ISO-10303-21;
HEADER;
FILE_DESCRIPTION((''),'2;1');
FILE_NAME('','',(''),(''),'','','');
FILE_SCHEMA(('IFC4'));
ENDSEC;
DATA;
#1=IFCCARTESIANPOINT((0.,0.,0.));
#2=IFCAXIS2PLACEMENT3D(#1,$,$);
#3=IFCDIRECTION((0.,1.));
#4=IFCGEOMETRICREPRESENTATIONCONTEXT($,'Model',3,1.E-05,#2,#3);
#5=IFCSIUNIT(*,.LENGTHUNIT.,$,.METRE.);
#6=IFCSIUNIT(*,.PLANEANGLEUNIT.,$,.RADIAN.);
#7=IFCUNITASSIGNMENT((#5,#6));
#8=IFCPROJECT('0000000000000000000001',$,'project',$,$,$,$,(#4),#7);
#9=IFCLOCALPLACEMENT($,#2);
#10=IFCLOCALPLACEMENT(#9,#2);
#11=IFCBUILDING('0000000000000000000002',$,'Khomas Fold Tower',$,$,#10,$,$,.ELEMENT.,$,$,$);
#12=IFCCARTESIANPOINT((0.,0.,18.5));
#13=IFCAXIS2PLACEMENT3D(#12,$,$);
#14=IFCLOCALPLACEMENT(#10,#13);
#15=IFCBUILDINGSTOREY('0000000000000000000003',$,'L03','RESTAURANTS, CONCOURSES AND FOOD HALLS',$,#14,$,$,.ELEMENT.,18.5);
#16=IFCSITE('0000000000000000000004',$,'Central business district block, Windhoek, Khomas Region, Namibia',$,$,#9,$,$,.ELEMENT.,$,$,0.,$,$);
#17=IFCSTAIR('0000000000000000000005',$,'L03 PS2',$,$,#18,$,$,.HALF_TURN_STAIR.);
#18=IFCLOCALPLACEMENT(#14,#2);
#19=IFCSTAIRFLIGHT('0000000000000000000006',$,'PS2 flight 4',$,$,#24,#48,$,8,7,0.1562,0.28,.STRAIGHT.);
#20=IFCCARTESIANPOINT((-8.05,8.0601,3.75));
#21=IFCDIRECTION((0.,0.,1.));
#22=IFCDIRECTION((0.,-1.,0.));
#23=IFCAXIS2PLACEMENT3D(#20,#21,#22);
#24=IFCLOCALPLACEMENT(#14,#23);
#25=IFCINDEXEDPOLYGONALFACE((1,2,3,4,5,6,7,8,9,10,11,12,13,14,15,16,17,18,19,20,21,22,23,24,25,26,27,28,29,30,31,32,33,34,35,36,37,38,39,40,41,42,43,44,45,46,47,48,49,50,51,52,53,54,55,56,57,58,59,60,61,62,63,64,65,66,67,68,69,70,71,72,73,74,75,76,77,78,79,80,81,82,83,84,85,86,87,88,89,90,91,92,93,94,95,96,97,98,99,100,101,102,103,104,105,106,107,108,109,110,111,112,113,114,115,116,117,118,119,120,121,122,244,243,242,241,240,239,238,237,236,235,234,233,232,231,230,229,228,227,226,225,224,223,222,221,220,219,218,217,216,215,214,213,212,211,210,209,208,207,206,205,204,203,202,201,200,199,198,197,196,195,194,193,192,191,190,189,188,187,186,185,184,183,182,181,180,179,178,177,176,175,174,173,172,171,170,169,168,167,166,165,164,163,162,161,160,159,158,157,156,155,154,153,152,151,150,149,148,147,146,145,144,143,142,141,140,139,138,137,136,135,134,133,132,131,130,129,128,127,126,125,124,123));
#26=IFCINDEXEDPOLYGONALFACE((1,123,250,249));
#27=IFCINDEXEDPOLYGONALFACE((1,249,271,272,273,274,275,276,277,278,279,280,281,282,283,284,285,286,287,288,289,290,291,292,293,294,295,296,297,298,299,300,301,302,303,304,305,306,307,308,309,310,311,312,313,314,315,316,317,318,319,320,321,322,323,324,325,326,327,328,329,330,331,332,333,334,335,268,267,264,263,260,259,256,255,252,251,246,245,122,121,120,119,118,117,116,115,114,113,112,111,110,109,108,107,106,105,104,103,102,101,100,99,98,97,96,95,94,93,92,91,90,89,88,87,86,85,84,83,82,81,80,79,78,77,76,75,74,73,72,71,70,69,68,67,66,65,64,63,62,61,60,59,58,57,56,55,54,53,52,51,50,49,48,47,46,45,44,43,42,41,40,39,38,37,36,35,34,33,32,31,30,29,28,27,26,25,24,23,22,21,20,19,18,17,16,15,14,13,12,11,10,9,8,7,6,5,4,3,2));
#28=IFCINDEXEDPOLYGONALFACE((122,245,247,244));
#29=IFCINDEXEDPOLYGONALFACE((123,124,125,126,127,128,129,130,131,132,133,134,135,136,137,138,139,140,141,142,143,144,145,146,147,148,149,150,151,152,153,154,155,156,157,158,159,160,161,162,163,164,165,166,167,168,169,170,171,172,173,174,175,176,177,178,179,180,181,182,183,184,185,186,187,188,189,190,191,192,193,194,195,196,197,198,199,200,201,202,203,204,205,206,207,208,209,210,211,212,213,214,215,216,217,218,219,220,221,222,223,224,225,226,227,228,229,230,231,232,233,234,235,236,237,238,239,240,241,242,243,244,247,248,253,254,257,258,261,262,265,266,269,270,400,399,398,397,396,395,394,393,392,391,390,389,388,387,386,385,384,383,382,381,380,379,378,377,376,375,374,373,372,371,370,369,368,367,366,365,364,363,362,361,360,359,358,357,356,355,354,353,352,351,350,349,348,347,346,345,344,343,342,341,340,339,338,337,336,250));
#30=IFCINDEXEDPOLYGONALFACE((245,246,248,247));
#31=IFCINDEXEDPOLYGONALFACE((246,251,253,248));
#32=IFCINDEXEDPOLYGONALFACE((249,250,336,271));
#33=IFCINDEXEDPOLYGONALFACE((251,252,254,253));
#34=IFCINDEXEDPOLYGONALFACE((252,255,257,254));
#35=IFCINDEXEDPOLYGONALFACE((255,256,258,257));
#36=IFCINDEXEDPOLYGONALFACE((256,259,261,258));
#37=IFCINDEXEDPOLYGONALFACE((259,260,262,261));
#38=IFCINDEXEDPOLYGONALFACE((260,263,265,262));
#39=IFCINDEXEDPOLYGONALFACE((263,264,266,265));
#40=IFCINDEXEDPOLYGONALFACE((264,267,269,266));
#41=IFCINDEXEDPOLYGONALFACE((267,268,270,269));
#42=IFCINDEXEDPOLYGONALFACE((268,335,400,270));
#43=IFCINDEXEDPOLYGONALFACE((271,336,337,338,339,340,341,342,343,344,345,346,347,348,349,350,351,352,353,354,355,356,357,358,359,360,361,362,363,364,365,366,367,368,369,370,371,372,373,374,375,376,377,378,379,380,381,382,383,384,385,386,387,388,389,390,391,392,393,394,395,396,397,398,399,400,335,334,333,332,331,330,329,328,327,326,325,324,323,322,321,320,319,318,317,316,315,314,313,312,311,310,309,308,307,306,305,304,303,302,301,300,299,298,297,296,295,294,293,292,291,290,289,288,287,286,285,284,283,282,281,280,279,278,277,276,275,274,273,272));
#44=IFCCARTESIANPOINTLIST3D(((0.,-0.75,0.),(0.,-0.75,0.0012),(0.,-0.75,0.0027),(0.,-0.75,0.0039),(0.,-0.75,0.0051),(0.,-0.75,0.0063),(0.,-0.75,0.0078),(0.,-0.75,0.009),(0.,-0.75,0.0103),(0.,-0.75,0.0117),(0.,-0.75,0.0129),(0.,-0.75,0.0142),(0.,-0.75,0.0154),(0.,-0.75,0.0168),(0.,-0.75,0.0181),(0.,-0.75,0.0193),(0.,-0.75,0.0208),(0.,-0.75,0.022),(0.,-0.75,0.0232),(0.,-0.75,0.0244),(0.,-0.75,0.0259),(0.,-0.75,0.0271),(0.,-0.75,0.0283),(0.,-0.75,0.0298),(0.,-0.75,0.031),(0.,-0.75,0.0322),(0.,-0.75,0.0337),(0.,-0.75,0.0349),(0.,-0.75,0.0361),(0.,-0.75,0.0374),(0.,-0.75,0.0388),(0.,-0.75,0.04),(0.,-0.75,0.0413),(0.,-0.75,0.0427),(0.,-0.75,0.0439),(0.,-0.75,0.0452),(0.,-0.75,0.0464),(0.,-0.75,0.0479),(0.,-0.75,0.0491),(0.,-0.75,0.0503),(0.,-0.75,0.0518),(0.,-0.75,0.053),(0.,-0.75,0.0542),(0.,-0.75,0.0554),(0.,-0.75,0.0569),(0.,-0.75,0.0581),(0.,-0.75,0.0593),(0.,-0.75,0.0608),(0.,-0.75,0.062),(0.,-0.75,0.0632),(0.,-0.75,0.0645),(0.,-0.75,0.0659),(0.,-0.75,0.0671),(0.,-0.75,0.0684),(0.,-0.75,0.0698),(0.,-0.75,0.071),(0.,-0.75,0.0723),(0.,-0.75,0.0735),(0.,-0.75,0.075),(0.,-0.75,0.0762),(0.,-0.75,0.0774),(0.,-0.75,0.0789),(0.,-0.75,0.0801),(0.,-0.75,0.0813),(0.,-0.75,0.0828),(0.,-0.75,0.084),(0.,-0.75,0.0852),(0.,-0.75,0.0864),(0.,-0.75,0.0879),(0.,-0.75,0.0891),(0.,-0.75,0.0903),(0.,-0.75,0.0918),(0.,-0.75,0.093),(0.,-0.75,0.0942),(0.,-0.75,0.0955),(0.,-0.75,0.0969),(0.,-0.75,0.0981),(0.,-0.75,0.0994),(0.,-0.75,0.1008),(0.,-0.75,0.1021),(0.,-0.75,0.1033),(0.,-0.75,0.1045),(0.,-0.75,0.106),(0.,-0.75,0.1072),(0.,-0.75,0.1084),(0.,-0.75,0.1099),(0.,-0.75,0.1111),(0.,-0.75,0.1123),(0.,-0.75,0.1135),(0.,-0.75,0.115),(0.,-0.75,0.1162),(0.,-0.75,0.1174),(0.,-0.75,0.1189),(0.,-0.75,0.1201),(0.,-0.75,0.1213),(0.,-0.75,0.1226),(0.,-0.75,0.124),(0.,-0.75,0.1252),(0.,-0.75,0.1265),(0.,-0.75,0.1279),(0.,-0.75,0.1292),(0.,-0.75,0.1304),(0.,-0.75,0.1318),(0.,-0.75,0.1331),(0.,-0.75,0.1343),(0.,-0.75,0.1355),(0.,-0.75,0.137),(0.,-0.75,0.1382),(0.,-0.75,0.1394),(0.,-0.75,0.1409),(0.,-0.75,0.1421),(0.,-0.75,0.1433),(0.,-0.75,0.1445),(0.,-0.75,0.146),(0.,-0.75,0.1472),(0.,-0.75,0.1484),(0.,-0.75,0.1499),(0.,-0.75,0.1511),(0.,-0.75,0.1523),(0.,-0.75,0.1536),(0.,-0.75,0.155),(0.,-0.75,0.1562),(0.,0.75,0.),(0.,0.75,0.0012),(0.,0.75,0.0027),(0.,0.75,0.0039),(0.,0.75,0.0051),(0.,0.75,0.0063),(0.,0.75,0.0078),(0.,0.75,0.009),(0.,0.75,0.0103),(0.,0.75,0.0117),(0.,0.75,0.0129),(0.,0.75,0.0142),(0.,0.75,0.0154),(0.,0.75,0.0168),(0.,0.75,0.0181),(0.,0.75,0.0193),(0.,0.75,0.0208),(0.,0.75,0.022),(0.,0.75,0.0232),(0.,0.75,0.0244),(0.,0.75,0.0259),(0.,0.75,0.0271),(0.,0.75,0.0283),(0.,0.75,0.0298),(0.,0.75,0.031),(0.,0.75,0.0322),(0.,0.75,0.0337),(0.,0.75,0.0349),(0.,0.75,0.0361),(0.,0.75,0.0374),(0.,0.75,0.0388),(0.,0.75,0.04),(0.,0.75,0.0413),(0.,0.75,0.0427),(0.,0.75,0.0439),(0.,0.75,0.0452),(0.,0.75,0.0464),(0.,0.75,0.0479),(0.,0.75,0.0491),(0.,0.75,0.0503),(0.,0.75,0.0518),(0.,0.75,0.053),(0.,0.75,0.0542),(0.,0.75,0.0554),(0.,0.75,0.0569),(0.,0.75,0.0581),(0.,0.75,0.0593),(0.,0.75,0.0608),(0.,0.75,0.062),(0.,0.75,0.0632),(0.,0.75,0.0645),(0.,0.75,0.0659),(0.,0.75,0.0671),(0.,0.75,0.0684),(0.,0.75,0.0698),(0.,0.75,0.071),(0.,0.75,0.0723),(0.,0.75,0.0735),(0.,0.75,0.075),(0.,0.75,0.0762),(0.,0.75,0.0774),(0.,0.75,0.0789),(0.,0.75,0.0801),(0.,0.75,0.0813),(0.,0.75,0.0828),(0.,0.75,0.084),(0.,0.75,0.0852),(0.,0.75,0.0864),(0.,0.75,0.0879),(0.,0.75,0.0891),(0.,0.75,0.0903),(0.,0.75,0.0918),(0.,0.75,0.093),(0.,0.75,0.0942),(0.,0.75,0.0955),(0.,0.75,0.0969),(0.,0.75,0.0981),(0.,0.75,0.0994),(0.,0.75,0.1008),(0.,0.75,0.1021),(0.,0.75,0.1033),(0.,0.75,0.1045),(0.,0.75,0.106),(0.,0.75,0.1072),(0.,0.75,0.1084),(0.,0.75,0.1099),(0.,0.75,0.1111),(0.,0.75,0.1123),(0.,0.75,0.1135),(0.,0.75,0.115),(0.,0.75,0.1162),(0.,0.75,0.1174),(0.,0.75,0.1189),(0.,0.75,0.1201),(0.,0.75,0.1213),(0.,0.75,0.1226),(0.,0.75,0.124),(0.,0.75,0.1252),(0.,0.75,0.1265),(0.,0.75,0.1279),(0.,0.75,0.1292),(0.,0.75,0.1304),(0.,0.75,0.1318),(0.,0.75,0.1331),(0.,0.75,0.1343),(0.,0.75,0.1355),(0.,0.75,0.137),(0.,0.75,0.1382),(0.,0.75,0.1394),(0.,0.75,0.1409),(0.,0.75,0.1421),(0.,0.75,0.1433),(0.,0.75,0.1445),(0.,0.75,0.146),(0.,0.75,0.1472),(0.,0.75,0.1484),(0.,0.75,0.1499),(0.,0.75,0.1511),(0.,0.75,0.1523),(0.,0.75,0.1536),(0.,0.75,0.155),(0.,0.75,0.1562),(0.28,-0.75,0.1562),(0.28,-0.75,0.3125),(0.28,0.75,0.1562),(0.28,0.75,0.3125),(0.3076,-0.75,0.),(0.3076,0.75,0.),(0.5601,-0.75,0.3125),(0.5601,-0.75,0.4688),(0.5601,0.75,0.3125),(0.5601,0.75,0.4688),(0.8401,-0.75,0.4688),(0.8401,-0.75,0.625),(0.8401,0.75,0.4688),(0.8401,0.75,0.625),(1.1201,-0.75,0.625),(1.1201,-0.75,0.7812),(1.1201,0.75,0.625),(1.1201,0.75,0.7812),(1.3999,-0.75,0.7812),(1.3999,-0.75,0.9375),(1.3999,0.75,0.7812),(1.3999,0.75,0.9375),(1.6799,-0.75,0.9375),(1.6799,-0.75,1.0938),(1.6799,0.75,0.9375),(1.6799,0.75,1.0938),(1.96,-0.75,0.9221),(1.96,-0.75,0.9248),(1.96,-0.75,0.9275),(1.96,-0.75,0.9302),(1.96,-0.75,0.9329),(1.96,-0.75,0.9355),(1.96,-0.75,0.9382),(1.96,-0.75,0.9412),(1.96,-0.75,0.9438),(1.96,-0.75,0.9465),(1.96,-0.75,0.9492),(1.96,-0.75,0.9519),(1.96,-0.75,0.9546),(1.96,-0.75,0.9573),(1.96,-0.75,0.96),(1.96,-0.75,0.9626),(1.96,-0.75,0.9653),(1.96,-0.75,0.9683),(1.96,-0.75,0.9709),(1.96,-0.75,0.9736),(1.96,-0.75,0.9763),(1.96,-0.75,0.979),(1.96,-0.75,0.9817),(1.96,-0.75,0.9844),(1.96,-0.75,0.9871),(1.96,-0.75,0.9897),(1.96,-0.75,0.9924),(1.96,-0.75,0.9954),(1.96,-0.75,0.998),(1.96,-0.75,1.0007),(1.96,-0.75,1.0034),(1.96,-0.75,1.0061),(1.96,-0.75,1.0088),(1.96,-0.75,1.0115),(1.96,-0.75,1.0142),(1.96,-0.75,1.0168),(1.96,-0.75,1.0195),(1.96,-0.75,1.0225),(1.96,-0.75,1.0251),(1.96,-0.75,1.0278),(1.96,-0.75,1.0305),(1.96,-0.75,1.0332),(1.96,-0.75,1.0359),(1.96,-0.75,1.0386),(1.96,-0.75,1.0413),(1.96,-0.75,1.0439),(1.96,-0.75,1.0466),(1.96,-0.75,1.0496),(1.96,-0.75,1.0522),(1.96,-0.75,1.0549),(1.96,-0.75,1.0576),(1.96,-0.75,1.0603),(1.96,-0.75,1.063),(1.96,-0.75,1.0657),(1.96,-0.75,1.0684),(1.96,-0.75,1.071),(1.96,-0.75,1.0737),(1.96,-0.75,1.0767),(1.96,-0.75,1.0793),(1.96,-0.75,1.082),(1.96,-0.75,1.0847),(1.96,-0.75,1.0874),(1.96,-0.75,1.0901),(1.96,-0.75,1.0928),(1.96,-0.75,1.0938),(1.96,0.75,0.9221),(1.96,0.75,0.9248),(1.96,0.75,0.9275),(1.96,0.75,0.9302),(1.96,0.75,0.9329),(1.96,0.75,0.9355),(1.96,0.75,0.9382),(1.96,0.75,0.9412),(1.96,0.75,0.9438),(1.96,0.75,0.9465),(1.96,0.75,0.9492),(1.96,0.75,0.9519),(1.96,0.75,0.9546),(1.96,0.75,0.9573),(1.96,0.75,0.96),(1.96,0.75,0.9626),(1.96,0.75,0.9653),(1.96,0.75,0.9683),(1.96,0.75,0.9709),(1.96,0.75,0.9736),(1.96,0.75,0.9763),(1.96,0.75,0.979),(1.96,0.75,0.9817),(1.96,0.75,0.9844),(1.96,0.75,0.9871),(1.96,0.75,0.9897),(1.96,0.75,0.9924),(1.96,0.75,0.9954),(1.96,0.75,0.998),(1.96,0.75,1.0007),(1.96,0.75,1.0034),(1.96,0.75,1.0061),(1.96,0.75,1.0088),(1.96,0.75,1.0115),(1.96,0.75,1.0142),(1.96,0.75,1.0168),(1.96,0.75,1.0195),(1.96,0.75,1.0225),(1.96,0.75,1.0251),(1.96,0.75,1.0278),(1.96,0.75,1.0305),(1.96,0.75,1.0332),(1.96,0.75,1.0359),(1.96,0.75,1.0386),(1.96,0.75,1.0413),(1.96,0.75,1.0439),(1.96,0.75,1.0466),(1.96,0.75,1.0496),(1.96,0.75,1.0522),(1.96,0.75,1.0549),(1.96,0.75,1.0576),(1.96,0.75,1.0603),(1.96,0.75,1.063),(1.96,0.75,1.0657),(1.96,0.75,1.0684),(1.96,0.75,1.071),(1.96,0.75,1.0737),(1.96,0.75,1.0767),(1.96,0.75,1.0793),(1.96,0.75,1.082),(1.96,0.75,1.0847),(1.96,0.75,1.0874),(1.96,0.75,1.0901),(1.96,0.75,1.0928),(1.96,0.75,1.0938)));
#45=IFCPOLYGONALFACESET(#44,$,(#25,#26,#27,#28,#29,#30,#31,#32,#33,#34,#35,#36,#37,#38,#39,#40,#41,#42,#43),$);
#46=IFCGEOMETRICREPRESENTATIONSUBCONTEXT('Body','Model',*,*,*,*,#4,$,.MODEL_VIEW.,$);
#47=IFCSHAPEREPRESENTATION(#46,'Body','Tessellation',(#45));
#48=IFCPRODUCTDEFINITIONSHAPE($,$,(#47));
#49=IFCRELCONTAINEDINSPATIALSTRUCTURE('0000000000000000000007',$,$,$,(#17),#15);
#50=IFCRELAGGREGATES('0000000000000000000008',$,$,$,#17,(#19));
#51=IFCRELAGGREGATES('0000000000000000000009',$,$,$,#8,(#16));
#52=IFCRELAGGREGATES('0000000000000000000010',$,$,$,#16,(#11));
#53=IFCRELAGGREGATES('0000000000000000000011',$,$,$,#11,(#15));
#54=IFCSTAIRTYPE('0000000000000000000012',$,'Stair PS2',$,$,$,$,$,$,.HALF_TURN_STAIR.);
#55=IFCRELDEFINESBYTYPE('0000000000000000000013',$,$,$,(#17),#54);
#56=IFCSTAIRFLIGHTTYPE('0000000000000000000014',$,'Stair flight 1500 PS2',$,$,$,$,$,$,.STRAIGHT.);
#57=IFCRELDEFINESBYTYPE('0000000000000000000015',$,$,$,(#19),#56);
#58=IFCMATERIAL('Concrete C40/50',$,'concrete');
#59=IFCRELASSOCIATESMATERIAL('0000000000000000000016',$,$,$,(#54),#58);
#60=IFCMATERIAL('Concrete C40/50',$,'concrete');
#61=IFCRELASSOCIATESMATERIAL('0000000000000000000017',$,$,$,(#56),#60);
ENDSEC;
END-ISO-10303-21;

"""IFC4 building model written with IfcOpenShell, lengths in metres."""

from ifc_helpers import new_model, si_unit, direction, frame, origin, place, context, subcontext, project, spatial, polyline, outline, extrude, source, transform, mapped, material, type_object, element, aggregate, save


model = new_model("IFC4")

# Units and contexts
model_context = context("Model", 3, precision=1e-05, world=origin(), true_north=direction((0.0, 1.0)))
body_context = subcontext(model_context, "Body", "Model", "MODEL_VIEW")
ifc_project = project(units=[si_unit("LENGTHUNIT", "METRE"), si_unit("PLANEANGLEUNIT", "RADIAN")], contexts=[model_context])

# Site, building, storey
site_placement = place(None, origin())
site = spatial("IfcSite", under=ifc_project, at=site_placement, Name="Central business district block, Windhoek, Khomas Region, Namibia", CompositionType="ELEMENT", RefElevation=0.0)
building_placement = place(site_placement, origin())
building = spatial("IfcBuilding", under=site, at=building_placement, Name="Khomas Fold Tower", CompositionType="ELEMENT")
storey_placement = place(building_placement, frame((0.0, 0.0, 18.5)))
storey = spatial("IfcBuildingStorey", under=building, at=storey_placement, Name="L03", Description="RESTAURANTS, CONCOURSES AND FOOD HALLS", CompositionType="ELEMENT", Elevation=18.5)

# Stair, stair flight
ifc_material_1 = material(Name="Concrete C40/50", Category="concrete")
stair_type = type_object("IfcStairType", Name="Stair PS2", PredefinedType="HALF_TURN_STAIR", material=ifc_material_1)
stair_placement = place(storey_placement, origin())
stair = element("IfcStair", 1, at=stair_placement, inside=storey, type_object=stair_type, Name="L03 PS2", PredefinedType="HALF_TURN_STAIR")
ifc_material_2 = material(Name="Concrete C40/50", Category="concrete")
stair_flight_type = type_object("IfcStairFlightType", Name="Stair flight 1500 PS2", PredefinedType="STRAIGHT", material=ifc_material_2)
shared_shape_1 = source(origin(), body_context, "Body", "SweptSolid", [
    extrude(outline(polyline([(0.0, 0.0), (0.0, 0.0012), (0.0, 0.0027), (0.0, 0.0039), (0.0, 0.0051), (0.0, 0.0063), (0.0, 0.0078), (0.0, 0.009), (0.0, 0.0103), (0.0, 0.0117), (0.0, 0.0129), (0.0, 0.0142), (0.0, 0.0154), (0.0, 0.0168), (0.0, 0.0181), (0.0, 0.0193), (0.0, 0.0208), (0.0, 0.022), (0.0, 0.0232), (0.0, 0.0244), (0.0, 0.0259), (0.0, 0.0271), (0.0, 0.0283), (0.0, 0.0298), (0.0, 0.031), (0.0, 0.0322), (0.0, 0.0337), (0.0, 0.0349), (0.0, 0.0361), (0.0, 0.0374), (0.0, 0.0388), (0.0, 0.04), (0.0, 0.0413), (0.0, 0.0427), (0.0, 0.0439), (0.0, 0.0452), (0.0, 0.0464), (0.0, 0.0479), (0.0, 0.0491), (0.0, 0.0503), (0.0, 0.0518), (0.0, 0.053), (0.0, 0.0542), (0.0, 0.0554), (0.0, 0.0569), (0.0, 0.0581), (0.0, 0.0593), (0.0, 0.0608), (0.0, 0.062), (0.0, 0.0632), (0.0, 0.0645), (0.0, 0.0659), (0.0, 0.0671), (0.0, 0.0684), (0.0, 0.0698), (0.0, 0.071), (0.0, 0.0723), (0.0, 0.0735), (0.0, 0.075), (0.0, 0.0762), (0.0, 0.0774), (0.0, 0.0789), (0.0, 0.0801), (0.0, 0.0813), (0.0, 0.0828), (0.0, 0.084), (0.0, 0.0852), (0.0, 0.0864), (0.0, 0.0879), (0.0, 0.0891), (0.0, 0.0903), (0.0, 0.0918), (0.0, 0.093), (0.0, 0.0942), (0.0, 0.0955), (0.0, 0.0969), (0.0, 0.0981), (0.0, 0.0994), (0.0, 0.1008), (0.0, 0.1021), (0.0, 0.1033), (0.0, 0.1045), (0.0, 0.106), (0.0, 0.1072), (0.0, 0.1084), (0.0, 0.1099), (0.0, 0.1111), (0.0, 0.1123), (0.0, 0.1135), (0.0, 0.115), (0.0, 0.1162), (0.0, 0.1174), (0.0, 0.1189), (0.0, 0.1201), (0.0, 0.1213), (0.0, 0.1226), (0.0, 0.124), (0.0, 0.1252), (0.0, 0.1265), (0.0, 0.1279), (0.0, 0.1292), (0.0, 0.1304), (0.0, 0.1318), (0.0, 0.1331), (0.0, 0.1343), (0.0, 0.1355), (0.0, 0.137), (0.0, 0.1382), (0.0, 0.1394), (0.0, 0.1409), (0.0, 0.1421), (0.0, 0.1433), (0.0, 0.1445), (0.0, 0.146), (0.0, 0.1472), (0.0, 0.1484), (0.0, 0.1499), (0.0, 0.1511), (0.0, 0.1523), (0.0, 0.1536), (0.0, 0.155), (0.0, 0.1562), (0.28, 0.1562), (0.28, 0.3125), (0.5601, 0.3125), (0.5601, 0.4688), (0.8401, 0.4688), (0.8401, 0.625), (1.1201, 0.625), (1.1201, 0.7812), (1.3999, 0.7812), (1.3999, 0.9375), (1.6799, 0.9375), (1.6799, 1.0938), (1.96, 1.0938), (1.96, 1.25), (1.96, 1.2473), (1.96, 1.2446), (1.96, 1.2419), (1.96, 1.2393), (1.96, 1.2363), (1.96, 1.2336), (1.96, 1.231), (1.96, 1.2283), (1.96, 1.2256), (1.96, 1.2229), (1.96, 1.2202), (1.96, 1.2175), (1.96, 1.2148), (1.96, 1.2122), (1.96, 1.2092), (1.96, 1.2065), (1.96, 1.2039), (1.96, 1.2012), (1.96, 1.1985), (1.96, 1.1958), (1.96, 1.1931), (1.96, 1.1904), (1.96, 1.1877), (1.96, 1.1851), (1.96, 1.1821), (1.96, 1.1794), (1.96, 1.1768), (1.96, 1.1741), (1.96, 1.1714), (1.96, 1.1687), (1.96, 1.166), (1.96, 1.1633), (1.96, 1.1606), (1.96, 1.158), (1.96, 1.155), (1.96, 1.1523), (1.96, 1.1497), (1.96, 1.147), (1.96, 1.1443), (1.96, 1.1416), (1.96, 1.1389), (1.96, 1.1362), (1.96, 1.1335), (1.96, 1.1309), (1.96, 1.1279), (1.96, 1.1252), (1.96, 1.1226), (1.96, 1.1199), (1.96, 1.1172), (1.96, 1.1145), (1.96, 1.1118), (1.96, 1.1091), (1.96, 1.1064), (1.96, 1.1038), (1.96, 1.1008), (1.96, 1.0981), (1.96, 1.0955), (1.96, 1.0928), (1.96, 1.0901), (1.96, 1.0874), (1.96, 1.0847), (1.96, 1.082), (1.96, 1.0793), (1.96, 1.0767), (1.96, 1.0737), (1.96, 1.071), (1.96, 1.0684), (1.96, 1.0657), (1.96, 1.063), (1.96, 1.0603), (1.96, 1.0576), (1.96, 1.0549), (1.96, 1.0522), (1.96, 1.0496), (1.96, 1.0466), (1.96, 1.0439), (1.96, 1.0413), (1.96, 1.0386), (1.96, 1.0359), (1.96, 1.0332), (1.96, 1.0305), (1.96, 1.0278), (1.96, 1.0251), (1.96, 1.0225), (1.96, 1.0195), (1.96, 1.0168), (1.96, 1.0142), (1.96, 1.0115), (1.96, 1.0088), (1.96, 1.0061), (1.96, 1.0034), (1.96, 1.0007), (1.96, 0.998), (1.96, 0.9954), (1.96, 0.9924), (1.96, 0.9897), (1.96, 0.9871), (1.96, 0.9844), (1.96, 0.9817), (1.96, 0.979), (1.96, 0.9763), (1.96, 0.9736), (1.96, 0.9709), (1.96, 0.9683), (1.96, 0.9653), (1.96, 0.9626), (1.96, 0.96), (1.96, 0.9573), (1.96, 0.9546), (1.96, 0.9519), (1.96, 0.9492), (1.96, 0.9465), (1.96, 0.9438), (1.96, 0.9412), (1.96, 0.9382), (1.96, 0.9355), (1.96, 0.9329), (1.96, 0.9302), (1.96, 0.9275), (1.96, 0.9248), (1.96, 0.9221), (0.3076, 0.0), (0.0, 0.0)])), frame((0.0, 0.75, 0.0), z_axis=(0.0, -1.0, 0.0), x_axis=(1.0, 0.0, 0.0)), (0.0, 0.0, 1.0), 1.5),
])
stair_flight_1_placement = place(storey_placement, frame((-8.05, 8.0601, 3.75), z_axis=(0.0, 0.0, 1.0), x_axis=(0.0, -1.0, 0.0)))
stair_flight_1 = element("IfcStairFlight", 2, at=stair_flight_1_placement, type_object=stair_flight_type, Name="PS2 flight 4", NumberOfRisers=8, NumberOfTreads=7, PredefinedType="STRAIGHT", RiserHeight=0.1562, TreadLength=0.28, context=body_context, shape_type="MappedRepresentation", body=[
    mapped(shared_shape_1, transform((0.0, 0.0, 0.0))),
])
aggregate(stair, [stair_flight_1])

save(model, "model.ifc")
